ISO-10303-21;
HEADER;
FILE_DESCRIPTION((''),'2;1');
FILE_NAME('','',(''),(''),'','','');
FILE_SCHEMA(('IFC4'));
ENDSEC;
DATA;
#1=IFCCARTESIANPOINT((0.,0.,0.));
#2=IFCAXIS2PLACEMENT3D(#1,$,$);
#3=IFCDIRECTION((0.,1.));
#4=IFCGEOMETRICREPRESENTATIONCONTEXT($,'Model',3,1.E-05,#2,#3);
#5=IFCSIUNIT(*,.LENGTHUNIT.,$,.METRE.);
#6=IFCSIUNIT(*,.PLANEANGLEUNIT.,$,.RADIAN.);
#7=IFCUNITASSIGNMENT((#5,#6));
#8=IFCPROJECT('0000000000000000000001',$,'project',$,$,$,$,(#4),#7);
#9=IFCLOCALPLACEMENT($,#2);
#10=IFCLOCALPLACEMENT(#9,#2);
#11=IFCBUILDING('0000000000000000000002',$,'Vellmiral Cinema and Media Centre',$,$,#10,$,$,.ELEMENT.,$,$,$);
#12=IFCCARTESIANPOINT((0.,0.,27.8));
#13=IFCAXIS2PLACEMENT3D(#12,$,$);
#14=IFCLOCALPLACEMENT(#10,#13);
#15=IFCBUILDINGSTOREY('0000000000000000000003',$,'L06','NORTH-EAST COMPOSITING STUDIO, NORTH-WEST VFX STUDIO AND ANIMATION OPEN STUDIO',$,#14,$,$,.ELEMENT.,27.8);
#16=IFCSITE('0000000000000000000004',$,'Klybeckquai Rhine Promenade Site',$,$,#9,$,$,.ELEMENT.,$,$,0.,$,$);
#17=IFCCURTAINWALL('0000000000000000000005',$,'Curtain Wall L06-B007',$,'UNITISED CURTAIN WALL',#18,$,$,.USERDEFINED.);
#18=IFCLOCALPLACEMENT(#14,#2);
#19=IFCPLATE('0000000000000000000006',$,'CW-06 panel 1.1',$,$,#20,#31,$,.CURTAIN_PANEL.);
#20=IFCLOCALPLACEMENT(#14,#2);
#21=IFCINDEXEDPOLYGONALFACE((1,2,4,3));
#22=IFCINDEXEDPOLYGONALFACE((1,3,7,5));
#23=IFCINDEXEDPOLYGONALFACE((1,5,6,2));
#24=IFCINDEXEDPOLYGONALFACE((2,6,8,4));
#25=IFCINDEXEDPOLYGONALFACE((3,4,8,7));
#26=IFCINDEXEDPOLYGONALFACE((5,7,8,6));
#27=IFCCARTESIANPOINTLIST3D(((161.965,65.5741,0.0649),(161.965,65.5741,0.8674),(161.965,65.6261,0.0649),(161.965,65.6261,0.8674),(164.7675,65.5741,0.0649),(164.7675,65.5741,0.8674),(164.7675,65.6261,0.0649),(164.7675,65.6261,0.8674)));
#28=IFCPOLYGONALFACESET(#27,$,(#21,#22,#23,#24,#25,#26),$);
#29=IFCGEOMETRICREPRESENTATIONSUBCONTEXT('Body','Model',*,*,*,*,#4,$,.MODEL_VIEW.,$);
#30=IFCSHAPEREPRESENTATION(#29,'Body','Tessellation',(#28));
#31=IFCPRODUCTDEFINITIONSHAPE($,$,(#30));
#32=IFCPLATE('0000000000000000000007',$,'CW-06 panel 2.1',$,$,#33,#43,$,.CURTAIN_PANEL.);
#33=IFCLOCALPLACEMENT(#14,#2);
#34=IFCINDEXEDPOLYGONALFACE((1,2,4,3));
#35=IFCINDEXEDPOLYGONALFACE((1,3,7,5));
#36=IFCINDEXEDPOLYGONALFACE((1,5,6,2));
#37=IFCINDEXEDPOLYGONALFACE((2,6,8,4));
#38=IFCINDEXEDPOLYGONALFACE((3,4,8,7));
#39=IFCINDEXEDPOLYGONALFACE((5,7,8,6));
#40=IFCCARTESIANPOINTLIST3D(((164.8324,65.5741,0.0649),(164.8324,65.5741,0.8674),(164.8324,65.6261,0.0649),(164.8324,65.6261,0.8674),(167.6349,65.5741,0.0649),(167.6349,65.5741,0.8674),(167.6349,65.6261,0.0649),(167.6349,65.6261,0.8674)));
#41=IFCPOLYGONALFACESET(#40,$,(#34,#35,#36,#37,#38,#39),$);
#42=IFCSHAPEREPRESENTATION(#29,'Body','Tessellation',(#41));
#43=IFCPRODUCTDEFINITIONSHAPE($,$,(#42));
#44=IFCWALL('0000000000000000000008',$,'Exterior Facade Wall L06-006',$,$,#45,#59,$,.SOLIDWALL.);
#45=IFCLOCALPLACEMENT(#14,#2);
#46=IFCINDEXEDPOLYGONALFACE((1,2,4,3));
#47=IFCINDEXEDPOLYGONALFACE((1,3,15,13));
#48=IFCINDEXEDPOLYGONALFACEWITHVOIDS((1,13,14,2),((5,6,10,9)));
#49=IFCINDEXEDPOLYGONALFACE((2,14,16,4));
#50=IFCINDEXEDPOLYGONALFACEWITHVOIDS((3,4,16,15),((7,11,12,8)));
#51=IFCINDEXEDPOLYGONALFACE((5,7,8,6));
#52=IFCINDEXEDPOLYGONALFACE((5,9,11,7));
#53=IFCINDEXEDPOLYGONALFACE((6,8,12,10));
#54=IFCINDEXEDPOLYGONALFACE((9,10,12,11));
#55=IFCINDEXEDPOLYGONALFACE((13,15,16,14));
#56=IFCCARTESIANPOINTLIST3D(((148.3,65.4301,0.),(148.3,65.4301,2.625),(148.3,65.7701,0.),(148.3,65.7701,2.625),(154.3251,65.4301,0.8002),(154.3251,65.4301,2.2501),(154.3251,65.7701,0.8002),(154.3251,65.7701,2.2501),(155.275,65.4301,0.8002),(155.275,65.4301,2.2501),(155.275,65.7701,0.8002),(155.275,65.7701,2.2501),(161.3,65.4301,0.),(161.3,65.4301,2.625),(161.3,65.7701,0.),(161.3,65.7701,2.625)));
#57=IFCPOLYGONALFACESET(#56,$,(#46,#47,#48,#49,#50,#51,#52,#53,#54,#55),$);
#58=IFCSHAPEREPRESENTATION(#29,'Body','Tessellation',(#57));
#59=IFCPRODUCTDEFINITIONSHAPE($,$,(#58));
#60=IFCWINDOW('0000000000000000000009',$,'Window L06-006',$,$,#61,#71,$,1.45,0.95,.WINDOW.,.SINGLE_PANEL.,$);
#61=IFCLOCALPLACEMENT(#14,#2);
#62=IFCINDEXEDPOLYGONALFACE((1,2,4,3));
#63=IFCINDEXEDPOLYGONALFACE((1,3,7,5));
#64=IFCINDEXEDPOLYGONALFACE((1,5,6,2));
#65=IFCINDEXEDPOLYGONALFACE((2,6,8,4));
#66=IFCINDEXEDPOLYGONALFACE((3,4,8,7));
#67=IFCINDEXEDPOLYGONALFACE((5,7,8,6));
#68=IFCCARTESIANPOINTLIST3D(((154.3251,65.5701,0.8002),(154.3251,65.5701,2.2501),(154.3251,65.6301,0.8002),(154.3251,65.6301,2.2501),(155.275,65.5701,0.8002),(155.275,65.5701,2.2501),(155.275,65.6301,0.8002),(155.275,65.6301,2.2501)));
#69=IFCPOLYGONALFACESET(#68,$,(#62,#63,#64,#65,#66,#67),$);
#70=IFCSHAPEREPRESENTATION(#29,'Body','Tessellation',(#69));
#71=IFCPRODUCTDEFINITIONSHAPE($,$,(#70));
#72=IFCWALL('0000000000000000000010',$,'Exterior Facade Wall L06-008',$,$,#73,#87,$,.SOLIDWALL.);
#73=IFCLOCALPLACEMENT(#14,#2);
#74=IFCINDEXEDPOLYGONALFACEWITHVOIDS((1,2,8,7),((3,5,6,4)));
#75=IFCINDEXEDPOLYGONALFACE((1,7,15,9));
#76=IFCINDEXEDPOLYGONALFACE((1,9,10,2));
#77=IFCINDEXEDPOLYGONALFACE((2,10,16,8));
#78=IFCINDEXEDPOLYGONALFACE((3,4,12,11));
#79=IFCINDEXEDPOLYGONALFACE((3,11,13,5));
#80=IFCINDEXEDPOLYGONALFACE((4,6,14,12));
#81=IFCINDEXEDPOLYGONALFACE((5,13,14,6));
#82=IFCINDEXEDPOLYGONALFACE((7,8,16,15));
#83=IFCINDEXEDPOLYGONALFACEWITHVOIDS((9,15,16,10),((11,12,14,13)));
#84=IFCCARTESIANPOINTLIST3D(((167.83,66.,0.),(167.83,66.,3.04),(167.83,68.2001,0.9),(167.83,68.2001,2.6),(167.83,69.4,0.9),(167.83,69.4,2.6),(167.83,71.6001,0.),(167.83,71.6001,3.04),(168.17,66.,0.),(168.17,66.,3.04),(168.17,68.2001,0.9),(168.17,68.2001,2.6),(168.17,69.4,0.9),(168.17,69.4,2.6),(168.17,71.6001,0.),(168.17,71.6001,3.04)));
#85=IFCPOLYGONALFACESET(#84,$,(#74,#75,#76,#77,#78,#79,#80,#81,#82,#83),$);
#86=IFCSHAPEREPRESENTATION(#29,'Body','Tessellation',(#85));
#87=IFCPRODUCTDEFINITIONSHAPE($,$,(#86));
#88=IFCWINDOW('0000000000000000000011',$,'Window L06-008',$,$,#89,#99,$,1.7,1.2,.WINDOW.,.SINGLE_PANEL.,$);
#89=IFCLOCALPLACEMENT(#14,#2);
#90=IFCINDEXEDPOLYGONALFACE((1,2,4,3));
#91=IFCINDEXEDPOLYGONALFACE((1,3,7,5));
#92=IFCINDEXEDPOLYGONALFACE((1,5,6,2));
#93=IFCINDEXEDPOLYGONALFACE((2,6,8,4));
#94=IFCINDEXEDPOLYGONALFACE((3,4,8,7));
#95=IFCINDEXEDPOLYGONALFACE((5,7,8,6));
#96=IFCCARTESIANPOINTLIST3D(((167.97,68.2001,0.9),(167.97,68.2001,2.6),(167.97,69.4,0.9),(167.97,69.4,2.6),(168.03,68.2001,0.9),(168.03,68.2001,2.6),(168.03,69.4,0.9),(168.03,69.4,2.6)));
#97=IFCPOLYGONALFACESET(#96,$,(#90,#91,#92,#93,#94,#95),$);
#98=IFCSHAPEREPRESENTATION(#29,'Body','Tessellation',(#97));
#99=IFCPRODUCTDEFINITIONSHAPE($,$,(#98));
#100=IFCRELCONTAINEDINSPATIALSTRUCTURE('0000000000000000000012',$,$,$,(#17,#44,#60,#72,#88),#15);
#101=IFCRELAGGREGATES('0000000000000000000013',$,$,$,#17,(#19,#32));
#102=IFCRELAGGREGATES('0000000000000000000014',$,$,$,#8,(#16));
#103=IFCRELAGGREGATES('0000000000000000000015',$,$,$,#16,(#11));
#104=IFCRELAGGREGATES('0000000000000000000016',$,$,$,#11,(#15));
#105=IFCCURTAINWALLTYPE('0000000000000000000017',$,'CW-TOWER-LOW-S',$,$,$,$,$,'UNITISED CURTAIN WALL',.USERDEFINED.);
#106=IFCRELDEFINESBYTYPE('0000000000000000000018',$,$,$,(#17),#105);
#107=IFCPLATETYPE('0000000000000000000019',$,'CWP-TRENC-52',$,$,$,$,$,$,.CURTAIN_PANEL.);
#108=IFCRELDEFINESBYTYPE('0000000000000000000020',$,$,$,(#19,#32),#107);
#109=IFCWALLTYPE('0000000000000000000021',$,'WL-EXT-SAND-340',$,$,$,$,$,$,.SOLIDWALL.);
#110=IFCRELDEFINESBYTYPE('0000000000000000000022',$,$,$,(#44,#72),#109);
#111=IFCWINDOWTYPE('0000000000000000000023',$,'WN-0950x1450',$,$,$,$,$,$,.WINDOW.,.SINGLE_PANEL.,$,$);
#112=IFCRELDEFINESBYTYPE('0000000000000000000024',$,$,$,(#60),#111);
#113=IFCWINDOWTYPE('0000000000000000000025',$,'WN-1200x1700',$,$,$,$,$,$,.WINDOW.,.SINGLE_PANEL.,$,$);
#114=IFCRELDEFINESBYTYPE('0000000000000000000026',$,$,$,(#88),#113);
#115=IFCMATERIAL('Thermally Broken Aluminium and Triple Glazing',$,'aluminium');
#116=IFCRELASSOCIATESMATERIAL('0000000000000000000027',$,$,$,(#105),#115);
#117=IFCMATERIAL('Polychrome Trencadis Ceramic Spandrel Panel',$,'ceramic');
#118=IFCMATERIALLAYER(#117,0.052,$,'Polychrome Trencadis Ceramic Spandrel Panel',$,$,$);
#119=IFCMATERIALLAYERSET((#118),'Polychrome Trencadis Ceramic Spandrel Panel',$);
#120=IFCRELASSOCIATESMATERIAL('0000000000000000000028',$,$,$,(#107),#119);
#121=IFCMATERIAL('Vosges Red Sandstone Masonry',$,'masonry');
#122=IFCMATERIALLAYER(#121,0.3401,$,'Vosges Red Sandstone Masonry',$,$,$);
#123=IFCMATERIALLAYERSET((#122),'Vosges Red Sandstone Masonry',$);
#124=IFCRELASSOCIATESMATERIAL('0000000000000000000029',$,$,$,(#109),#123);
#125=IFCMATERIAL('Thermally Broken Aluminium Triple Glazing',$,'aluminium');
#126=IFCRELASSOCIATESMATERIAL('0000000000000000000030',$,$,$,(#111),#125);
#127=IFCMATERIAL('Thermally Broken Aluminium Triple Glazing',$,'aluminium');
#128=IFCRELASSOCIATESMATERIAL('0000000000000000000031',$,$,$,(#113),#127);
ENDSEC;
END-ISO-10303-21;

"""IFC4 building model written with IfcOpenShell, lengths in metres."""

from ifc_helpers import new_model, si_unit, direction, frame, frame_2d, origin, origin_2d, place, context, subcontext, project, spatial, rectangle, extrude, material, layer, layer_set, type_object, element, fill, aggregate, save


model = new_model("IFC4")

# Units and contexts
model_context = context("Model", 3, precision=1e-05, world=origin(), true_north=direction((0.0, 1.0)))
body_context = subcontext(model_context, "Body", "Model", "MODEL_VIEW")
ifc_project = project(units=[si_unit("LENGTHUNIT", "METRE"), si_unit("PLANEANGLEUNIT", "RADIAN")], contexts=[model_context])

# Site, building, storey
site_placement = place(None, origin())
site = spatial("IfcSite", under=ifc_project, at=site_placement, Name="Klybeckquai Rhine Promenade Site", CompositionType="ELEMENT", RefElevation=0.0)
building_placement = place(site_placement, origin())
building = spatial("IfcBuilding", under=site, at=building_placement, Name="Vellmiral Cinema and Media Centre", CompositionType="ELEMENT")
storey_placement = place(building_placement, frame((0.0, 0.0, 27.8)))
storey = spatial("IfcBuildingStorey", under=building, at=storey_placement, Name="L06", Description="NORTH-EAST COMPOSITING STUDIO, NORTH-WEST VFX STUDIO AND ANIMATION OPEN STUDIO", CompositionType="ELEMENT", Elevation=27.8)

# Curtain wall
ifc_material_1 = material(Name="Thermally Broken Aluminium and Triple Glazing", Category="aluminium")
curtain_wall_type = type_object("IfcCurtainWallType", Name="CW-TOWER-LOW-S", ElementType="UNITISED CURTAIN WALL", PredefinedType="USERDEFINED", material=ifc_material_1)
curtain_wall_placement = place(storey_placement, origin())
curtain_wall = element("IfcCurtainWall", 1, at=curtain_wall_placement, inside=storey, type_object=curtain_wall_type, Name="Curtain Wall L06-B007", ObjectType="UNITISED CURTAIN WALL", PredefinedType="USERDEFINED")

# Plates
ifc_material_2 = material(Name="Polychrome Trencadis Ceramic Spandrel Panel", Category="ceramic")
ifc_layer_1 = layer(ifc_material_2, 0.052, Name="Polychrome Trencadis Ceramic Spandrel Panel")
ifc_layer_set_1 = layer_set([ifc_layer_1], Name="Polychrome Trencadis Ceramic Spandrel Panel")
plate_type_1 = type_object("IfcPlateType", Name="CWP-TRENC-52", PredefinedType="CURTAIN_PANEL", material=ifc_layer_set_1)
plate_1_placement = place(storey_placement, frame((163.3662, 65.6001, 0.0649), z_axis=(0.0, 0.0, 1.0), x_axis=(1.0, 0.0, 0.0)))
plate_1 = element("IfcPlate", 2, at=plate_1_placement, type_object=plate_type_1, Name="CW-06 panel 1.1", PredefinedType="CURTAIN_PANEL", context=body_context, shape_type="SweptSolid", body=[
    extrude(rectangle(XDim=2.8025, YDim=0.052, at=origin_2d()), origin(), (0.0, 0.0, 1.0), 0.8025),
])
plate_2_placement = place(storey_placement, frame((166.2336, 65.6001, 0.0649), z_axis=(0.0, 0.0, 1.0), x_axis=(1.0, 0.0, 0.0)))
plate_2 = element("IfcPlate", 3, at=plate_2_placement, type_object=plate_type_1, Name="CW-06 panel 2.1", PredefinedType="CURTAIN_PANEL", context=body_context, shape_type="SweptSolid", body=[
    extrude(rectangle(XDim=2.8025, YDim=0.052, at=origin_2d()), origin(), (0.0, 0.0, 1.0), 0.8025),
])
aggregate(curtain_wall, [plate_1, plate_2])

# Walls, openings, windows
ifc_material_3 = material(Name="Vosges Red Sandstone Masonry", Category="masonry")
ifc_layer_2 = layer(ifc_material_3, 0.3401, Name="Vosges Red Sandstone Masonry")
ifc_layer_set_2 = layer_set([ifc_layer_2], Name="Vosges Red Sandstone Masonry")
wall_type = type_object("IfcWallType", Name="WL-EXT-SAND-340", PredefinedType="SOLIDWALL", material=ifc_layer_set_2)
wall_1_placement = place(storey_placement, frame((148.3, 65.6001, 0.0), z_axis=(0.0, 0.0, 1.0), x_axis=(1.0, 0.0, 0.0)))
wall_1 = element("IfcWall", 4, at=wall_1_placement, inside=storey, type_object=wall_type, Name="Exterior Facade Wall L06-006", PredefinedType="SOLIDWALL", context=body_context, shape_type="SweptSolid", body=[
    extrude(rectangle(XDim=13.0, YDim=0.3401, at=frame_2d((6.5, 0.0))), origin(), (0.0, 0.0, 1.0), 2.625),
])
opening_1_placement = place(wall_1_placement, frame((6.0249, 0.0, 0.8)))
opening_1 = element("IfcOpeningElement", 5, at=opening_1_placement, cuts=wall_1, PredefinedType="OPENING", context=body_context, shape_type="SweptSolid", body=[
    extrude(rectangle(XDim=0.95, YDim=1.45, at=frame_2d((0.4751, 0.7251))), frame((0.0, 0.1821, 0.0), z_axis=(0.0, -1.0, 0.0), x_axis=(1.0, 0.0, 0.0)), (0.0, 0.0, 1.0), 0.364),
])
ifc_material_4 = material(Name="Thermally Broken Aluminium Triple Glazing", Category="aluminium")
window_type_1 = type_object("IfcWindowType", Name="WN-0950x1450", PartitioningType="SINGLE_PANEL", PredefinedType="WINDOW", material=ifc_material_4)
window_1_placement = place(opening_1_placement, origin())
window_1 = element("IfcWindow", 6, at=window_1_placement, inside=storey, type_object=window_type_1, Name="Window L06-006", OverallHeight=1.45, OverallWidth=0.95, PartitioningType="SINGLE_PANEL", PredefinedType="WINDOW", context=body_context, shape_type="SweptSolid", body=[
    extrude(rectangle(XDim=0.95, YDim=1.45, at=frame_2d((0.4751, 0.7251))), frame((0.0, 0.03, 0.0), z_axis=(0.0, -1.0, 0.0), x_axis=(1.0, 0.0, 0.0)), (0.0, 0.0, 1.0), 0.0601),
])
fill(opening_1, window_1)
wall_2_placement = place(storey_placement, frame((168.0, 66.0, 0.0), z_axis=(0.0, 0.0, 1.0), x_axis=(0.0, 1.0, 0.0)))
wall_2 = element("IfcWall", 7, at=wall_2_placement, inside=storey, type_object=wall_type, Name="Exterior Facade Wall L06-008", PredefinedType="SOLIDWALL", context=body_context, shape_type="SweptSolid", body=[
    extrude(rectangle(XDim=5.6001, YDim=0.3401, at=frame_2d((2.8, 0.0))), origin(), (0.0, 0.0, 1.0), 3.04),
])
opening_2_placement = place(wall_2_placement, frame((2.2, 0.0, 0.8999)))
opening_2 = element("IfcOpeningElement", 8, at=opening_2_placement, cuts=wall_2, PredefinedType="OPENING", context=body_context, shape_type="SweptSolid", body=[
    extrude(rectangle(XDim=1.2, YDim=1.7, at=frame_2d((0.6001, 0.8501))), frame((0.0, 0.1821, 0.0), z_axis=(0.0, -1.0, 0.0), x_axis=(1.0, 0.0, 0.0)), (0.0, 0.0, 1.0), 0.364),
])
ifc_material_5 = material(Name="Thermally Broken Aluminium Triple Glazing", Category="aluminium")
window_type_2 = type_object("IfcWindowType", Name="WN-1200x1700", PartitioningType="SINGLE_PANEL", PredefinedType="WINDOW", material=ifc_material_5)
window_2_placement = place(opening_2_placement, origin())
window_2 = element("IfcWindow", 9, at=window_2_placement, inside=storey, type_object=window_type_2, Name="Window L06-008", OverallHeight=1.7, OverallWidth=1.2, PartitioningType="SINGLE_PANEL", PredefinedType="WINDOW", context=body_context, shape_type="SweptSolid", body=[
    extrude(rectangle(XDim=1.2, YDim=1.7, at=frame_2d((0.6001, 0.8501))), frame((0.0, 0.03, 0.0), z_axis=(0.0, -1.0, 0.0), x_axis=(1.0, 0.0, 0.0)), (0.0, 0.0, 1.0), 0.0601),
])
fill(opening_2, window_2)

save(model, "model.ifc")
